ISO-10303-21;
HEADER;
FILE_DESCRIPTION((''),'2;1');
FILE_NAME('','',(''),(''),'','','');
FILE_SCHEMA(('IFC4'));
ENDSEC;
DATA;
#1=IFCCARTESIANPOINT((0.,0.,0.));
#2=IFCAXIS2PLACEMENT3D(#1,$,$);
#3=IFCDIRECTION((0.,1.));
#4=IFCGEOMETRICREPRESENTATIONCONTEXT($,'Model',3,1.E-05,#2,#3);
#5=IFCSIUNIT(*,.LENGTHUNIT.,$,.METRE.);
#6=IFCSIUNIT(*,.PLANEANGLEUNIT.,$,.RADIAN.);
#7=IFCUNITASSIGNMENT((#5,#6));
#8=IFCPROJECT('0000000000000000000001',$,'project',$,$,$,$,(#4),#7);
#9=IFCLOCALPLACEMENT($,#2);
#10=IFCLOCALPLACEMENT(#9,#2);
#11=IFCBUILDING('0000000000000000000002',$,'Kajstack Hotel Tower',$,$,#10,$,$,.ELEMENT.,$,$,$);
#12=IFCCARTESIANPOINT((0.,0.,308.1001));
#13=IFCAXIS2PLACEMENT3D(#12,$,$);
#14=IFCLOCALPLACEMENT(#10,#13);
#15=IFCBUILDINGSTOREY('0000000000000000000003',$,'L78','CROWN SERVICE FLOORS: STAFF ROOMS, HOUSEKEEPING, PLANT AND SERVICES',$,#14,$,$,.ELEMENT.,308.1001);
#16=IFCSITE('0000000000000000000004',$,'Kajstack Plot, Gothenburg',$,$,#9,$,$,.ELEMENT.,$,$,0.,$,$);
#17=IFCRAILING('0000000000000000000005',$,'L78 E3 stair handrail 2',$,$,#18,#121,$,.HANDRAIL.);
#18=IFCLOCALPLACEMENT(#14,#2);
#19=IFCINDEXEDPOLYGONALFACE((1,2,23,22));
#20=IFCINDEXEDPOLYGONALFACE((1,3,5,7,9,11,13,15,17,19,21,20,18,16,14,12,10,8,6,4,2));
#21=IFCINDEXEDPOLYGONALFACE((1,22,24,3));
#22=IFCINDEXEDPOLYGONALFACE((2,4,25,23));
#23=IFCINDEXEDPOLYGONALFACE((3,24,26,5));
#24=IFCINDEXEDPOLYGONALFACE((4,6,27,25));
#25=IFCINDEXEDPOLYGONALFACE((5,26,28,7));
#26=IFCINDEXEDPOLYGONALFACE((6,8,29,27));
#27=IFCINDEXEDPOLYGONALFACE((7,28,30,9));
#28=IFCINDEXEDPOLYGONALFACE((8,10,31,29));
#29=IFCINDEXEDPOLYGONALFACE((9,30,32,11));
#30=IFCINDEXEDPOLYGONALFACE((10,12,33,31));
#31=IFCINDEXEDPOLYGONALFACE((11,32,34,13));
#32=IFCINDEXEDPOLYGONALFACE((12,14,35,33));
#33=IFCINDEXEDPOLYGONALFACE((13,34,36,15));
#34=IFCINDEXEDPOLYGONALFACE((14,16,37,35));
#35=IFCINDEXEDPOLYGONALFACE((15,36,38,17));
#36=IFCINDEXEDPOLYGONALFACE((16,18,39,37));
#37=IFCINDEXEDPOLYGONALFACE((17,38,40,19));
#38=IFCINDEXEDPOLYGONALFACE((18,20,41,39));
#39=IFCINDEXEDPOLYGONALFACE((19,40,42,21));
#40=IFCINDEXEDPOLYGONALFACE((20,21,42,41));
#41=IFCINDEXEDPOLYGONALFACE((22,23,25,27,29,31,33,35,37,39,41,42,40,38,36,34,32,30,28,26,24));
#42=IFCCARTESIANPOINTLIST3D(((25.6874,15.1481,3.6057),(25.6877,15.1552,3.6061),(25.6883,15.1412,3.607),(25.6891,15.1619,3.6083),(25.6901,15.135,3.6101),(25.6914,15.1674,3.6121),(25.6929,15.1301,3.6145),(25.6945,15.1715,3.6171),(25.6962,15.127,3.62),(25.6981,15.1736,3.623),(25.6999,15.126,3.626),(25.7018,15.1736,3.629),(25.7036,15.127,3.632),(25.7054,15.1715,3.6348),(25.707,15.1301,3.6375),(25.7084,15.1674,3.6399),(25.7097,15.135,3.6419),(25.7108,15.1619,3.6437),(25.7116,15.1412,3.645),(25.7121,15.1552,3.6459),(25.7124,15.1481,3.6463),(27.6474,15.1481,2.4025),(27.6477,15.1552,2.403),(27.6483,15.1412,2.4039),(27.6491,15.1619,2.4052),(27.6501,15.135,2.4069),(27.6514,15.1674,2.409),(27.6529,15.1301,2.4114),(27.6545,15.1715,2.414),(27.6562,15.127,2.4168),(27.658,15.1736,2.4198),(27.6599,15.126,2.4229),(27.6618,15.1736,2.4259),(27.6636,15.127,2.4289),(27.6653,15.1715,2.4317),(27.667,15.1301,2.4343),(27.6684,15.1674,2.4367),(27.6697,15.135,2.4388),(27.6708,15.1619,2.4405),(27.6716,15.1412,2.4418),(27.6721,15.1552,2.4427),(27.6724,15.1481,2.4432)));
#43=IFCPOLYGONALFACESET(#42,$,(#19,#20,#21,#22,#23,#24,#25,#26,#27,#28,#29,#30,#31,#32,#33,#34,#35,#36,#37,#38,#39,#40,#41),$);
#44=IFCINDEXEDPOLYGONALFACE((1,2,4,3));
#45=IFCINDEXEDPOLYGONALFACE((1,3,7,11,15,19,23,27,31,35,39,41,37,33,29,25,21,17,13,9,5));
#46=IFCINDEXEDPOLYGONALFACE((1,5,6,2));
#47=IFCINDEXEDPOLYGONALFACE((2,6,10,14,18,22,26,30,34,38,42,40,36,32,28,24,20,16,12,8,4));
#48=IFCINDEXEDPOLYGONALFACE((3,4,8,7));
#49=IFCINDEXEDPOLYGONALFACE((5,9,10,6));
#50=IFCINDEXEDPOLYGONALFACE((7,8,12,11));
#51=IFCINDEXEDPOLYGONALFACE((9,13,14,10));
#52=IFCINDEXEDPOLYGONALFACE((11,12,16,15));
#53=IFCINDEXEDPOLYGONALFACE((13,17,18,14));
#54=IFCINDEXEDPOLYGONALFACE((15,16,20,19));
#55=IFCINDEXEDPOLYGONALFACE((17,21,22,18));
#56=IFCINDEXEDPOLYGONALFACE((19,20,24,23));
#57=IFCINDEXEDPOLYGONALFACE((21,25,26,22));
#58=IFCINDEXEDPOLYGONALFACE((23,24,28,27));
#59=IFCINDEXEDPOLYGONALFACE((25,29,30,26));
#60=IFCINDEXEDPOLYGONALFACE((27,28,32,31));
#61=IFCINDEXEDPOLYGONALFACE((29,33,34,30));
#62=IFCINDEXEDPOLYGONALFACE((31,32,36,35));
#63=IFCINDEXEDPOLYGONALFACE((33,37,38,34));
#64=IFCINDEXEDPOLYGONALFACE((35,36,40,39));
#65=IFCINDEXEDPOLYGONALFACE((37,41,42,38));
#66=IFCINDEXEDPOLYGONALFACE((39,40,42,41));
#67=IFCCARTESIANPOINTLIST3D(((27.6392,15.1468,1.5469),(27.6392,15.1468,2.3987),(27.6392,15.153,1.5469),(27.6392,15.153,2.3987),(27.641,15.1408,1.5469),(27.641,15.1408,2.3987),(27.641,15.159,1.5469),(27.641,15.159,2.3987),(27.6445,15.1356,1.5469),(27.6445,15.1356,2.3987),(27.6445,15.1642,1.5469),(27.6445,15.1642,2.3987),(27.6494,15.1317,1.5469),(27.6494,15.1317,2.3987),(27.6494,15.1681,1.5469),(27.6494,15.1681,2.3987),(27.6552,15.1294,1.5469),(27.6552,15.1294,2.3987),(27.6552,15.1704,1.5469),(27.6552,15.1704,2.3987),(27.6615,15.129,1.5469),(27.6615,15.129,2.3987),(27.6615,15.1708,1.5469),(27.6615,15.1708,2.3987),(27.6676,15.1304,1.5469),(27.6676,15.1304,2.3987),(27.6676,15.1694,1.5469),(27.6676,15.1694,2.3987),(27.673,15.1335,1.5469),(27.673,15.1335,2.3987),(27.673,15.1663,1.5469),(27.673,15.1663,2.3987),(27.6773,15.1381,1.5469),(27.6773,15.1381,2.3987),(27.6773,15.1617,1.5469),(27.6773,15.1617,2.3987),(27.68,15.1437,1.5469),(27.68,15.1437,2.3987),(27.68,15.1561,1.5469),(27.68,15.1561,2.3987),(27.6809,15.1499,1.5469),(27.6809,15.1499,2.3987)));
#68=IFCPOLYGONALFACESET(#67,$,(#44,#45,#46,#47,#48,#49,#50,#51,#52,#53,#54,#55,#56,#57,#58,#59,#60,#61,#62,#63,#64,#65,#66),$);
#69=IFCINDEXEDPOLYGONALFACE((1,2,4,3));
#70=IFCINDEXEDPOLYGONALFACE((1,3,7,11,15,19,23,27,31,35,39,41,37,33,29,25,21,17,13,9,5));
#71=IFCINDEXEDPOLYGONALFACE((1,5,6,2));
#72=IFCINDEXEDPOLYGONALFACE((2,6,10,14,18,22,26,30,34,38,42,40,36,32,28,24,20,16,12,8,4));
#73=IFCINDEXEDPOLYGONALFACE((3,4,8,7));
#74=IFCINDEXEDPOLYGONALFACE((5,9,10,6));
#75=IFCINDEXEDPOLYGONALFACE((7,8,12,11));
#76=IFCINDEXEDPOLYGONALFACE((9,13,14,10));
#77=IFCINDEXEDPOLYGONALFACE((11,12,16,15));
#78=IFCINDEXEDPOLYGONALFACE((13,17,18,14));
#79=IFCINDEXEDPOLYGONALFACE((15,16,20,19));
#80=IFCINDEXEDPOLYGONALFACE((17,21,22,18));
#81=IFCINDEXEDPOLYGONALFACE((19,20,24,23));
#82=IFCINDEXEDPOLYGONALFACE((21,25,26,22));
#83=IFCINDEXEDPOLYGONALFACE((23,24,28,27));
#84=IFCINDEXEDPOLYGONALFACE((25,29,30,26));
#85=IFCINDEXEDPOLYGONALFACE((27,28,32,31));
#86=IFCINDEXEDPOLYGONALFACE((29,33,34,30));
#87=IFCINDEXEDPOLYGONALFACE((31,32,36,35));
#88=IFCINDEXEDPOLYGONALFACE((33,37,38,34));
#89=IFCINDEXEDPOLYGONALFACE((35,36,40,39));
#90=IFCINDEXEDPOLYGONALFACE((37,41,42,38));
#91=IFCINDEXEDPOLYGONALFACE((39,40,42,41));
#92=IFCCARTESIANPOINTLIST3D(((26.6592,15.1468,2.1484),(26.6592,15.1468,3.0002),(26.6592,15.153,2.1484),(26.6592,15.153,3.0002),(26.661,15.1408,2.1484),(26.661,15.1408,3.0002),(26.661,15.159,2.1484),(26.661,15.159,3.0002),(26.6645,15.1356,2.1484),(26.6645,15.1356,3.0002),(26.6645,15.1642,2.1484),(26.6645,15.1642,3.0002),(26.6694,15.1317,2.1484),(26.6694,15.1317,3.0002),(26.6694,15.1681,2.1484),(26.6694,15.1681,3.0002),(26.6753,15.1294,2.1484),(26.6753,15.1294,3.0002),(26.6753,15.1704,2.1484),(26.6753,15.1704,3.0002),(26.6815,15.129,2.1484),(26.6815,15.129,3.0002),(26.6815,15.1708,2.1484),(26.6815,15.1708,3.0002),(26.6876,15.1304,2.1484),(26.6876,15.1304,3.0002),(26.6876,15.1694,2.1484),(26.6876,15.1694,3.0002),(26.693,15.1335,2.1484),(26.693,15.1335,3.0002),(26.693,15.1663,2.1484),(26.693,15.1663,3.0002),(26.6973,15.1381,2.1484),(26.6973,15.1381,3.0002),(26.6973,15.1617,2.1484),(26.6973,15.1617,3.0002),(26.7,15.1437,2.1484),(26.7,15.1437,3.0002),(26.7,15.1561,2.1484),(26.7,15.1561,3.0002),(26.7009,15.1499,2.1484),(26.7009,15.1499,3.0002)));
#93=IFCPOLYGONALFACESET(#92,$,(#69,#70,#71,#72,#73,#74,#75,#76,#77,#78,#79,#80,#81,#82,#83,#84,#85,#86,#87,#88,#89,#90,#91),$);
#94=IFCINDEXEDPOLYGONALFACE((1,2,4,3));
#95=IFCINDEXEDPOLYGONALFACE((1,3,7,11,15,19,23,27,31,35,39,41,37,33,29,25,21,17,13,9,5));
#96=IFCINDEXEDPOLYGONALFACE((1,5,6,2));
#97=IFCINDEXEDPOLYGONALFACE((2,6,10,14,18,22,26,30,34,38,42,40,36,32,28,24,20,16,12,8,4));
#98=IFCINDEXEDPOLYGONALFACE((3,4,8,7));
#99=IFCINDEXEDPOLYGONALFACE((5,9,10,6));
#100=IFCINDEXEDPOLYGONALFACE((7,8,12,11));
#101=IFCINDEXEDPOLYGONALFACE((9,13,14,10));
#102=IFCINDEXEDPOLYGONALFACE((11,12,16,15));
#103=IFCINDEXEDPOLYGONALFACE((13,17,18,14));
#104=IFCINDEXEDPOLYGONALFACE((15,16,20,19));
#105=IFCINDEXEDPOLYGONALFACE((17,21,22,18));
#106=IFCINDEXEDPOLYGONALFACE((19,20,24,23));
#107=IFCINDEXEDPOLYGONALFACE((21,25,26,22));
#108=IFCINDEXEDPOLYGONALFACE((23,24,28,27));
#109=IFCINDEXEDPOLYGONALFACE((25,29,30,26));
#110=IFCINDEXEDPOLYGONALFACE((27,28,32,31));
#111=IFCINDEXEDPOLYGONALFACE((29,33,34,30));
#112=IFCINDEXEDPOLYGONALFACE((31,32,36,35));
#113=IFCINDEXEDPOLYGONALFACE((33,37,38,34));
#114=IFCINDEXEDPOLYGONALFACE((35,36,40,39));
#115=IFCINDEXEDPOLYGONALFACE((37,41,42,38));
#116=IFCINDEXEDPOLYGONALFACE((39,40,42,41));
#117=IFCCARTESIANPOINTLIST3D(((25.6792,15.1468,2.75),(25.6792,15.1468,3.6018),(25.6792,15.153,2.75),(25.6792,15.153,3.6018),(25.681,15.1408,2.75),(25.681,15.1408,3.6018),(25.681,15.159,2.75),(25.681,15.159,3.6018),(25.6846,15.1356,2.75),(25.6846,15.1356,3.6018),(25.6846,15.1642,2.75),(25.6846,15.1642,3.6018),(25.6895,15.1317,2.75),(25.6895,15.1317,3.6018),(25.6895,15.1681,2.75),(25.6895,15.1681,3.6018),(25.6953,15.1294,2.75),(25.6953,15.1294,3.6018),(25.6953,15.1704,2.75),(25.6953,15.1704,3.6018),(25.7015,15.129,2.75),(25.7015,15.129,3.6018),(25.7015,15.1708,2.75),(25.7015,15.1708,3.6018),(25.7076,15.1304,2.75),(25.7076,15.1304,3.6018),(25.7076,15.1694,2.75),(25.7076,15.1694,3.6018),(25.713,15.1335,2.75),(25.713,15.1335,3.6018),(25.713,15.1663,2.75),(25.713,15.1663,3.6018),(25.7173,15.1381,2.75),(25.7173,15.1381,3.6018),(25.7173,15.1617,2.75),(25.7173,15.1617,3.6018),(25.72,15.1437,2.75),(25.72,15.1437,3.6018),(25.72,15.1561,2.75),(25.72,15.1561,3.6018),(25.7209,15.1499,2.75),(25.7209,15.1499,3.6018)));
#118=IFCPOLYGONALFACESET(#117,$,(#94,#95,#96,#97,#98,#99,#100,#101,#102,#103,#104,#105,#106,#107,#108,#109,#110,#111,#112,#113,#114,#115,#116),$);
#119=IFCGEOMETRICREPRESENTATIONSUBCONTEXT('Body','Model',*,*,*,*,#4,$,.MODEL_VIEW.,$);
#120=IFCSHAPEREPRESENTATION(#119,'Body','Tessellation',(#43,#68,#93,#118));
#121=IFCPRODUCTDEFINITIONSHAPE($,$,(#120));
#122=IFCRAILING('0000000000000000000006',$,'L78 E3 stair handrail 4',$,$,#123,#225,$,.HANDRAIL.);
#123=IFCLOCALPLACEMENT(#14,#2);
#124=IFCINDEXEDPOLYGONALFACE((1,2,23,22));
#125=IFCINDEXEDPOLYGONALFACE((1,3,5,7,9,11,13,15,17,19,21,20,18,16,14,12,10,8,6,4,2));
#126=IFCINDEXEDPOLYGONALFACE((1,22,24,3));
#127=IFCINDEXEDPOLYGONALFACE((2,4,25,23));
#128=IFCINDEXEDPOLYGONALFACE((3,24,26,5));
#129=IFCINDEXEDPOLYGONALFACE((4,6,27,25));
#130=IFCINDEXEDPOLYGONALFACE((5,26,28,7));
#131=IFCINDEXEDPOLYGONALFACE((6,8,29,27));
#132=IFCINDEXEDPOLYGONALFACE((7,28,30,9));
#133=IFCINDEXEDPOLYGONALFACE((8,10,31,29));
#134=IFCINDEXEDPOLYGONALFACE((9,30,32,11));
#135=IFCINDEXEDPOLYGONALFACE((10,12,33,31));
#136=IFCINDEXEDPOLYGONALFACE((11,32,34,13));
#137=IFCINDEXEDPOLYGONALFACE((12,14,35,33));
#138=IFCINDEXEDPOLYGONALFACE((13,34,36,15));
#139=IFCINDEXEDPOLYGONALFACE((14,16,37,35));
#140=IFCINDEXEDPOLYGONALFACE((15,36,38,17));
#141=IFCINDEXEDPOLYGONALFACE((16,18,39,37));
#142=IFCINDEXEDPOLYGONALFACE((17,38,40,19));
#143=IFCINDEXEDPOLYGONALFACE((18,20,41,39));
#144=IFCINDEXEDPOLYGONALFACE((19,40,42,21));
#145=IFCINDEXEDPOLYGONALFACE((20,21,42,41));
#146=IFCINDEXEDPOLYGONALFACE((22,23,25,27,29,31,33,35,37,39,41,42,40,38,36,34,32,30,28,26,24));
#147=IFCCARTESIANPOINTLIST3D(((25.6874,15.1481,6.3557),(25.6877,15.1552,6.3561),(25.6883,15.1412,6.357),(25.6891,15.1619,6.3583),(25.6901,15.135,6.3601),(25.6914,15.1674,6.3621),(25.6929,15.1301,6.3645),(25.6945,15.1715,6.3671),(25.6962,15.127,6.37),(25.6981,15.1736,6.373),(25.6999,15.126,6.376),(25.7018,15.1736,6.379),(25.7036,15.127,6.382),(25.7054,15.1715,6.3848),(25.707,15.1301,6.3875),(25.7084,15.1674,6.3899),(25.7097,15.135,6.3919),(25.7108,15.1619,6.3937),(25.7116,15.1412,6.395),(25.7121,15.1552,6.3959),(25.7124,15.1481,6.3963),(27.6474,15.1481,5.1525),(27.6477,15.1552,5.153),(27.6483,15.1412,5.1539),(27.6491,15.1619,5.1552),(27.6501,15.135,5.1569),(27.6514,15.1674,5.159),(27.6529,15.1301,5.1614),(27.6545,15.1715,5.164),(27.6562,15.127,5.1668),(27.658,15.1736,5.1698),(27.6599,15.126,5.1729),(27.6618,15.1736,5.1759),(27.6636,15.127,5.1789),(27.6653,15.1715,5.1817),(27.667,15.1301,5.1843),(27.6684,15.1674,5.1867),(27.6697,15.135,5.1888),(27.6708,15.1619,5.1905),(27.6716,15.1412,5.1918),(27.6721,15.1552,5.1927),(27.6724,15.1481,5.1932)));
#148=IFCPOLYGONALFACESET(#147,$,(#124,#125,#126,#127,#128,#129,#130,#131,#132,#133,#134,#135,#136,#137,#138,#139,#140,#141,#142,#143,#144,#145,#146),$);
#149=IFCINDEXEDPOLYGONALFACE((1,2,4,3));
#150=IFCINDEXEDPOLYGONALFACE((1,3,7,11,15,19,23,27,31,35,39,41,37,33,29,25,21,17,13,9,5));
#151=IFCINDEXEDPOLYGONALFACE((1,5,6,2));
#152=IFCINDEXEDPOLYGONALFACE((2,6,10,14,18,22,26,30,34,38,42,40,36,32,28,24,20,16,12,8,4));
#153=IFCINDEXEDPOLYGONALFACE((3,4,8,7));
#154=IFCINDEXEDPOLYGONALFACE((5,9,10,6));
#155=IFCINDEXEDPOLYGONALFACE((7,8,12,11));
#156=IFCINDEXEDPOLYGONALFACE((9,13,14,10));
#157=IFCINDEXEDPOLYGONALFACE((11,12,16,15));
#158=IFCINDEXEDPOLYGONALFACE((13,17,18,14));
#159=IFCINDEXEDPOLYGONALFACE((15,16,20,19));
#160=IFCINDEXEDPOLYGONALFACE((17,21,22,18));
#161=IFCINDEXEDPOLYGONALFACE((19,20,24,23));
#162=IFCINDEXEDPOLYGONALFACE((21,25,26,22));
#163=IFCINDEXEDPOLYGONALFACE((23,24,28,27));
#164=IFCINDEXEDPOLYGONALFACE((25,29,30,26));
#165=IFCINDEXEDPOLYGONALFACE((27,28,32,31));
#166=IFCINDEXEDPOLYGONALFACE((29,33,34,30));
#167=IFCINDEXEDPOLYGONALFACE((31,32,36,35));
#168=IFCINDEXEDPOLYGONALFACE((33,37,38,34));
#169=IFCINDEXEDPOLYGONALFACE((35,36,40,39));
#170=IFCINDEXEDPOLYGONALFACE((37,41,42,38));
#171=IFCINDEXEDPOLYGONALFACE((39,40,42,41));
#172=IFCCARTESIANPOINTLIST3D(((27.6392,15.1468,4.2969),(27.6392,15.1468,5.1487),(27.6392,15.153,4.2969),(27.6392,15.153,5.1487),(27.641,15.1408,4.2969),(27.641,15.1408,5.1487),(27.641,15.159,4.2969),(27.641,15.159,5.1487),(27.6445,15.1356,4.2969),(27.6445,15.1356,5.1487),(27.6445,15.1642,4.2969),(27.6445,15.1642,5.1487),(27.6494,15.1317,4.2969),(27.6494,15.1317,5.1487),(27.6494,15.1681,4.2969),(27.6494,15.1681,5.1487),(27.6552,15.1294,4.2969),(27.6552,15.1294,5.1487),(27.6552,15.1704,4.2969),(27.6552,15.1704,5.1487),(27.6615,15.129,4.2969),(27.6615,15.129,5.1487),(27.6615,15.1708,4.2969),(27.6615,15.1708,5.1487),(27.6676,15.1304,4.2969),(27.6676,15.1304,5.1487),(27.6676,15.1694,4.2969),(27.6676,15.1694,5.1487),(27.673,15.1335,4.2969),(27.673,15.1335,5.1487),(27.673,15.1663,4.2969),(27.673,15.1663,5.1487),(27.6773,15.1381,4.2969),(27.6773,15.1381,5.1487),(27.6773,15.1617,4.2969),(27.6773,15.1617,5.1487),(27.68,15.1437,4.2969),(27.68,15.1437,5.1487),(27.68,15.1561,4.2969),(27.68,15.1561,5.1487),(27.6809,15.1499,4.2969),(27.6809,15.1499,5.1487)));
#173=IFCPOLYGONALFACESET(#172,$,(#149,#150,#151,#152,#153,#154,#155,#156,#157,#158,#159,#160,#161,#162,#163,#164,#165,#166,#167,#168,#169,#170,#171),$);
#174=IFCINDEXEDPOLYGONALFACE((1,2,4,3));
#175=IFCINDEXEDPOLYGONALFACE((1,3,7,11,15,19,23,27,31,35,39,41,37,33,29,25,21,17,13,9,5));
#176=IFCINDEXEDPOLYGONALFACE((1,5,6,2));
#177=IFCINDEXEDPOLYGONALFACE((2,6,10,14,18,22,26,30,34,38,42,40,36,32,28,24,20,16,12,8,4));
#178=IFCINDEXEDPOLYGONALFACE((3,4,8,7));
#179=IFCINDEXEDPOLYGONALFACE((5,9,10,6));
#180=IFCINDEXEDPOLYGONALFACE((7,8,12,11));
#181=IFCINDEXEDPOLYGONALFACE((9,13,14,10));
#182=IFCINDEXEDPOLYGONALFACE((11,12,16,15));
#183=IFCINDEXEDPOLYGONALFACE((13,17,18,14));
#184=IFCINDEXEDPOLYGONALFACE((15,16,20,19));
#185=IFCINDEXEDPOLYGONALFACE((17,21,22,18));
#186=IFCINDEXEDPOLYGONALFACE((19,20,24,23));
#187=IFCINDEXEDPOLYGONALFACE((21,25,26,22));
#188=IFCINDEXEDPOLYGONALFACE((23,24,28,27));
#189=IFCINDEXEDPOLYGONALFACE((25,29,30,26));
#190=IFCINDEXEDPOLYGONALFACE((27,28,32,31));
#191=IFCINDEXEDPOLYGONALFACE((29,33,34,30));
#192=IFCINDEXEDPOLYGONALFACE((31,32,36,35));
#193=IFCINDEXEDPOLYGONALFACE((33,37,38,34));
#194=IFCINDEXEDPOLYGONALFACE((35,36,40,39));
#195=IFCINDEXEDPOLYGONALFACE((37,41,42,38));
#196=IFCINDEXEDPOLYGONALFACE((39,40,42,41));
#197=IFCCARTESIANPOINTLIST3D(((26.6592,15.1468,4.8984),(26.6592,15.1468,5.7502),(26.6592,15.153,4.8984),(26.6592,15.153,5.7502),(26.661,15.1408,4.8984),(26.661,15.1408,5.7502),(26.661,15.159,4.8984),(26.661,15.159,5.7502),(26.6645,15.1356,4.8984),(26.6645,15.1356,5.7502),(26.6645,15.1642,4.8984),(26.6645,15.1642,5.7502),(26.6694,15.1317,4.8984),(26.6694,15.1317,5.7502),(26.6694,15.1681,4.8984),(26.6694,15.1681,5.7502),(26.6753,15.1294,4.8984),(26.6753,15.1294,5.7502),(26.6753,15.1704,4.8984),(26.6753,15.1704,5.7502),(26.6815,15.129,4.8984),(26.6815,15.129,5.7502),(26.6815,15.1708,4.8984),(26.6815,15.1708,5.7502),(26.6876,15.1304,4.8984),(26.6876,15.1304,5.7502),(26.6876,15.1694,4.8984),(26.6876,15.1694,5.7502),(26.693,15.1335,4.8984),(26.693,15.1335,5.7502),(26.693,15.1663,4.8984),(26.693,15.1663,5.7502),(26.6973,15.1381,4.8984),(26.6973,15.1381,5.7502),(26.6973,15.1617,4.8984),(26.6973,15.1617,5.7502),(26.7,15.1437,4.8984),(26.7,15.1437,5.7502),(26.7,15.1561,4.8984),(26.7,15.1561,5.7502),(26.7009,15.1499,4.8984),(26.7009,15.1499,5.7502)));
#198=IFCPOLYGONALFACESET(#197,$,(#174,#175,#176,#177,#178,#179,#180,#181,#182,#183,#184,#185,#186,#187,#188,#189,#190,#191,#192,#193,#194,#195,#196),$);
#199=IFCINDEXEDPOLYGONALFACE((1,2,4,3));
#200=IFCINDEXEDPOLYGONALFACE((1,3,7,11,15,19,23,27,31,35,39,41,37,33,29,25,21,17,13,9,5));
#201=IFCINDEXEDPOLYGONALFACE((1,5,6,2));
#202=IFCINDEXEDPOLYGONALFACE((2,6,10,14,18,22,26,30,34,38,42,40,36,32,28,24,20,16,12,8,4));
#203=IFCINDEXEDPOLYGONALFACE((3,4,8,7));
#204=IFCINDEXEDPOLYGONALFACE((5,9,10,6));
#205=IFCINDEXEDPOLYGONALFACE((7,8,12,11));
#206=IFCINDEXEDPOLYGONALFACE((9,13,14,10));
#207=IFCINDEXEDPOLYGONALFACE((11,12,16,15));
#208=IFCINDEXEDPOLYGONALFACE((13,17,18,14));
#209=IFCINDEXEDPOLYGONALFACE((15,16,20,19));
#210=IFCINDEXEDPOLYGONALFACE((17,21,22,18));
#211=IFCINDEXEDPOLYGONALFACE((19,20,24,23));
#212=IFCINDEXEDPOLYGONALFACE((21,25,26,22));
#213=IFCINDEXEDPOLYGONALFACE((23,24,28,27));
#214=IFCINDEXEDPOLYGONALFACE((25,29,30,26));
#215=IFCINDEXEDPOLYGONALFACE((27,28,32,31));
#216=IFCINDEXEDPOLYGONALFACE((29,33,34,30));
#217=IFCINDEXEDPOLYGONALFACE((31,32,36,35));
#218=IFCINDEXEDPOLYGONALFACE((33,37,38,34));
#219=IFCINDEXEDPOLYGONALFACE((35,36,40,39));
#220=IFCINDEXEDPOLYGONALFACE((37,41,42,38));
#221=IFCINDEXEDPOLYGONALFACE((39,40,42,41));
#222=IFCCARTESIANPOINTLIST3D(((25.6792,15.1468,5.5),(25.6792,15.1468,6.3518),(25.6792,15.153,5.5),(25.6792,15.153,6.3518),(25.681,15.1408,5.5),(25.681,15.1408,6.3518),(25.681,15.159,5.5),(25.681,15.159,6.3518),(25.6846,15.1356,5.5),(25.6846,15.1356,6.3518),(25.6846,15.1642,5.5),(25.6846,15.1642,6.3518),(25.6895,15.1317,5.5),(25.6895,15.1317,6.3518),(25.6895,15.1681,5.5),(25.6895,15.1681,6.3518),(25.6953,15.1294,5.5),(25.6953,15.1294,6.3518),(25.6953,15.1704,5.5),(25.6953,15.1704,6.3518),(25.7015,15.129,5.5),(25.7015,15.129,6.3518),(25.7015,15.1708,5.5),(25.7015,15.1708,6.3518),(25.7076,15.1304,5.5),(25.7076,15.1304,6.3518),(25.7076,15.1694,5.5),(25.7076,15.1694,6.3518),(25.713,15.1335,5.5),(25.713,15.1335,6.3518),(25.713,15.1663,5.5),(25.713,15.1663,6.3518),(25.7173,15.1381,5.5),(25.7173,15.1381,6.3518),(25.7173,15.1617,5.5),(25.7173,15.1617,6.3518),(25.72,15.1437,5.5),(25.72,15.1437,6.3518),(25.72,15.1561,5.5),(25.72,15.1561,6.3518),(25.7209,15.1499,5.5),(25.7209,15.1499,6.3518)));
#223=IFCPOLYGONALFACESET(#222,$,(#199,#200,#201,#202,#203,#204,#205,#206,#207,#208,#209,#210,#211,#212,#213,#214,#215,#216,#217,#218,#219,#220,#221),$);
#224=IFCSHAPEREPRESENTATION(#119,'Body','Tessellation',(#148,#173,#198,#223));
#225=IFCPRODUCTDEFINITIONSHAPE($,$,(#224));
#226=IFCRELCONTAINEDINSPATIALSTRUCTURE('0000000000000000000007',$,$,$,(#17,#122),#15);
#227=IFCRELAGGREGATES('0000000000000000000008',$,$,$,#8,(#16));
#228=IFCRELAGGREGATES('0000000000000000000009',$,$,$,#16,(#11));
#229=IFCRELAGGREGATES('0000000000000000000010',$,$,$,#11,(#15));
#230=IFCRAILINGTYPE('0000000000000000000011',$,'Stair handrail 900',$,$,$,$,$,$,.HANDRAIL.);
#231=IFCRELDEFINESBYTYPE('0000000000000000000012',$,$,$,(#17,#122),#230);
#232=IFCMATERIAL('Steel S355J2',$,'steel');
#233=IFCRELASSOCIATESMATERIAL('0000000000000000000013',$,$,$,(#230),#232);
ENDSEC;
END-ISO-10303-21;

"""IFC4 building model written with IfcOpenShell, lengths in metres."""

from ifc_helpers import new_model, si_unit, direction, frame, origin, origin_2d, place, context, subcontext, project, spatial, circle, extrude, material, type_object, element, save


model = new_model("IFC4")

# Units and contexts
model_context = context("Model", 3, precision=1e-05, world=origin(), true_north=direction((0.0, 1.0)))
body_context = subcontext(model_context, "Body", "Model", "MODEL_VIEW")
ifc_project = project(units=[si_unit("LENGTHUNIT", "METRE"), si_unit("PLANEANGLEUNIT", "RADIAN")], contexts=[model_context])

# Site, building, storey
site_placement = place(None, origin())
site = spatial("IfcSite", under=ifc_project, at=site_placement, Name="Kajstack Plot, Gothenburg", CompositionType="ELEMENT", RefElevation=0.0)
building_placement = place(site_placement, origin())
building = spatial("IfcBuilding", under=site, at=building_placement, Name="Kajstack Hotel Tower", CompositionType="ELEMENT")
storey_placement = place(building_placement, frame((0.0, 0.0, 308.1001)))
storey = spatial("IfcBuildingStorey", under=building, at=storey_placement, Name="L78", Description="CROWN SERVICE FLOORS: STAFF ROOMS, HOUSEKEEPING, PLANT AND SERVICES", CompositionType="ELEMENT", Elevation=308.1001)

# Railings
ifc_material_1 = material(Name="Steel S355J2", Category="steel")
railing_type_1 = type_object("IfcRailingType", Name="Stair handrail 900", PredefinedType="HANDRAIL", material=ifc_material_1)
for number, where, name in (
    (1, (27.6599, 15.1499, 1.5469), "L78 E3 stair handrail 2"),
    (2, (27.6599, 15.1499, 4.2969), "L78 E3 stair handrail 4"),
):
    element("IfcRailing", number, at=place(storey_placement, frame(where)), inside=storey, type_object=railing_type_1, Name=name, PredefinedType="HANDRAIL", context=body_context, shape_type="SweptSolid", body=[
        extrude(circle(Radius=0.0239, at=origin_2d()), frame((0.0, 0.0, 0.876), z_axis=(-0.852241, 0.0, 0.523149), x_axis=(0.0, -1.0, 0.0)), (0.0, 0.0, 1.0), 2.2998),
        extrude(circle(Radius=0.021, at=origin_2d()), origin(), (0.0, 0.0, 1.0), 0.8518),
        extrude(circle(Radius=0.021, at=origin_2d()), frame((-0.98, 0.0, 0.6016)), (0.0, 0.0, 1.0), 0.8518),
        extrude(circle(Radius=0.021, at=origin_2d()), frame((-1.96, 0.0, 1.2031)), (0.0, 0.0, 1.0), 0.8518),
    ])

save(model, "model.ifc")
